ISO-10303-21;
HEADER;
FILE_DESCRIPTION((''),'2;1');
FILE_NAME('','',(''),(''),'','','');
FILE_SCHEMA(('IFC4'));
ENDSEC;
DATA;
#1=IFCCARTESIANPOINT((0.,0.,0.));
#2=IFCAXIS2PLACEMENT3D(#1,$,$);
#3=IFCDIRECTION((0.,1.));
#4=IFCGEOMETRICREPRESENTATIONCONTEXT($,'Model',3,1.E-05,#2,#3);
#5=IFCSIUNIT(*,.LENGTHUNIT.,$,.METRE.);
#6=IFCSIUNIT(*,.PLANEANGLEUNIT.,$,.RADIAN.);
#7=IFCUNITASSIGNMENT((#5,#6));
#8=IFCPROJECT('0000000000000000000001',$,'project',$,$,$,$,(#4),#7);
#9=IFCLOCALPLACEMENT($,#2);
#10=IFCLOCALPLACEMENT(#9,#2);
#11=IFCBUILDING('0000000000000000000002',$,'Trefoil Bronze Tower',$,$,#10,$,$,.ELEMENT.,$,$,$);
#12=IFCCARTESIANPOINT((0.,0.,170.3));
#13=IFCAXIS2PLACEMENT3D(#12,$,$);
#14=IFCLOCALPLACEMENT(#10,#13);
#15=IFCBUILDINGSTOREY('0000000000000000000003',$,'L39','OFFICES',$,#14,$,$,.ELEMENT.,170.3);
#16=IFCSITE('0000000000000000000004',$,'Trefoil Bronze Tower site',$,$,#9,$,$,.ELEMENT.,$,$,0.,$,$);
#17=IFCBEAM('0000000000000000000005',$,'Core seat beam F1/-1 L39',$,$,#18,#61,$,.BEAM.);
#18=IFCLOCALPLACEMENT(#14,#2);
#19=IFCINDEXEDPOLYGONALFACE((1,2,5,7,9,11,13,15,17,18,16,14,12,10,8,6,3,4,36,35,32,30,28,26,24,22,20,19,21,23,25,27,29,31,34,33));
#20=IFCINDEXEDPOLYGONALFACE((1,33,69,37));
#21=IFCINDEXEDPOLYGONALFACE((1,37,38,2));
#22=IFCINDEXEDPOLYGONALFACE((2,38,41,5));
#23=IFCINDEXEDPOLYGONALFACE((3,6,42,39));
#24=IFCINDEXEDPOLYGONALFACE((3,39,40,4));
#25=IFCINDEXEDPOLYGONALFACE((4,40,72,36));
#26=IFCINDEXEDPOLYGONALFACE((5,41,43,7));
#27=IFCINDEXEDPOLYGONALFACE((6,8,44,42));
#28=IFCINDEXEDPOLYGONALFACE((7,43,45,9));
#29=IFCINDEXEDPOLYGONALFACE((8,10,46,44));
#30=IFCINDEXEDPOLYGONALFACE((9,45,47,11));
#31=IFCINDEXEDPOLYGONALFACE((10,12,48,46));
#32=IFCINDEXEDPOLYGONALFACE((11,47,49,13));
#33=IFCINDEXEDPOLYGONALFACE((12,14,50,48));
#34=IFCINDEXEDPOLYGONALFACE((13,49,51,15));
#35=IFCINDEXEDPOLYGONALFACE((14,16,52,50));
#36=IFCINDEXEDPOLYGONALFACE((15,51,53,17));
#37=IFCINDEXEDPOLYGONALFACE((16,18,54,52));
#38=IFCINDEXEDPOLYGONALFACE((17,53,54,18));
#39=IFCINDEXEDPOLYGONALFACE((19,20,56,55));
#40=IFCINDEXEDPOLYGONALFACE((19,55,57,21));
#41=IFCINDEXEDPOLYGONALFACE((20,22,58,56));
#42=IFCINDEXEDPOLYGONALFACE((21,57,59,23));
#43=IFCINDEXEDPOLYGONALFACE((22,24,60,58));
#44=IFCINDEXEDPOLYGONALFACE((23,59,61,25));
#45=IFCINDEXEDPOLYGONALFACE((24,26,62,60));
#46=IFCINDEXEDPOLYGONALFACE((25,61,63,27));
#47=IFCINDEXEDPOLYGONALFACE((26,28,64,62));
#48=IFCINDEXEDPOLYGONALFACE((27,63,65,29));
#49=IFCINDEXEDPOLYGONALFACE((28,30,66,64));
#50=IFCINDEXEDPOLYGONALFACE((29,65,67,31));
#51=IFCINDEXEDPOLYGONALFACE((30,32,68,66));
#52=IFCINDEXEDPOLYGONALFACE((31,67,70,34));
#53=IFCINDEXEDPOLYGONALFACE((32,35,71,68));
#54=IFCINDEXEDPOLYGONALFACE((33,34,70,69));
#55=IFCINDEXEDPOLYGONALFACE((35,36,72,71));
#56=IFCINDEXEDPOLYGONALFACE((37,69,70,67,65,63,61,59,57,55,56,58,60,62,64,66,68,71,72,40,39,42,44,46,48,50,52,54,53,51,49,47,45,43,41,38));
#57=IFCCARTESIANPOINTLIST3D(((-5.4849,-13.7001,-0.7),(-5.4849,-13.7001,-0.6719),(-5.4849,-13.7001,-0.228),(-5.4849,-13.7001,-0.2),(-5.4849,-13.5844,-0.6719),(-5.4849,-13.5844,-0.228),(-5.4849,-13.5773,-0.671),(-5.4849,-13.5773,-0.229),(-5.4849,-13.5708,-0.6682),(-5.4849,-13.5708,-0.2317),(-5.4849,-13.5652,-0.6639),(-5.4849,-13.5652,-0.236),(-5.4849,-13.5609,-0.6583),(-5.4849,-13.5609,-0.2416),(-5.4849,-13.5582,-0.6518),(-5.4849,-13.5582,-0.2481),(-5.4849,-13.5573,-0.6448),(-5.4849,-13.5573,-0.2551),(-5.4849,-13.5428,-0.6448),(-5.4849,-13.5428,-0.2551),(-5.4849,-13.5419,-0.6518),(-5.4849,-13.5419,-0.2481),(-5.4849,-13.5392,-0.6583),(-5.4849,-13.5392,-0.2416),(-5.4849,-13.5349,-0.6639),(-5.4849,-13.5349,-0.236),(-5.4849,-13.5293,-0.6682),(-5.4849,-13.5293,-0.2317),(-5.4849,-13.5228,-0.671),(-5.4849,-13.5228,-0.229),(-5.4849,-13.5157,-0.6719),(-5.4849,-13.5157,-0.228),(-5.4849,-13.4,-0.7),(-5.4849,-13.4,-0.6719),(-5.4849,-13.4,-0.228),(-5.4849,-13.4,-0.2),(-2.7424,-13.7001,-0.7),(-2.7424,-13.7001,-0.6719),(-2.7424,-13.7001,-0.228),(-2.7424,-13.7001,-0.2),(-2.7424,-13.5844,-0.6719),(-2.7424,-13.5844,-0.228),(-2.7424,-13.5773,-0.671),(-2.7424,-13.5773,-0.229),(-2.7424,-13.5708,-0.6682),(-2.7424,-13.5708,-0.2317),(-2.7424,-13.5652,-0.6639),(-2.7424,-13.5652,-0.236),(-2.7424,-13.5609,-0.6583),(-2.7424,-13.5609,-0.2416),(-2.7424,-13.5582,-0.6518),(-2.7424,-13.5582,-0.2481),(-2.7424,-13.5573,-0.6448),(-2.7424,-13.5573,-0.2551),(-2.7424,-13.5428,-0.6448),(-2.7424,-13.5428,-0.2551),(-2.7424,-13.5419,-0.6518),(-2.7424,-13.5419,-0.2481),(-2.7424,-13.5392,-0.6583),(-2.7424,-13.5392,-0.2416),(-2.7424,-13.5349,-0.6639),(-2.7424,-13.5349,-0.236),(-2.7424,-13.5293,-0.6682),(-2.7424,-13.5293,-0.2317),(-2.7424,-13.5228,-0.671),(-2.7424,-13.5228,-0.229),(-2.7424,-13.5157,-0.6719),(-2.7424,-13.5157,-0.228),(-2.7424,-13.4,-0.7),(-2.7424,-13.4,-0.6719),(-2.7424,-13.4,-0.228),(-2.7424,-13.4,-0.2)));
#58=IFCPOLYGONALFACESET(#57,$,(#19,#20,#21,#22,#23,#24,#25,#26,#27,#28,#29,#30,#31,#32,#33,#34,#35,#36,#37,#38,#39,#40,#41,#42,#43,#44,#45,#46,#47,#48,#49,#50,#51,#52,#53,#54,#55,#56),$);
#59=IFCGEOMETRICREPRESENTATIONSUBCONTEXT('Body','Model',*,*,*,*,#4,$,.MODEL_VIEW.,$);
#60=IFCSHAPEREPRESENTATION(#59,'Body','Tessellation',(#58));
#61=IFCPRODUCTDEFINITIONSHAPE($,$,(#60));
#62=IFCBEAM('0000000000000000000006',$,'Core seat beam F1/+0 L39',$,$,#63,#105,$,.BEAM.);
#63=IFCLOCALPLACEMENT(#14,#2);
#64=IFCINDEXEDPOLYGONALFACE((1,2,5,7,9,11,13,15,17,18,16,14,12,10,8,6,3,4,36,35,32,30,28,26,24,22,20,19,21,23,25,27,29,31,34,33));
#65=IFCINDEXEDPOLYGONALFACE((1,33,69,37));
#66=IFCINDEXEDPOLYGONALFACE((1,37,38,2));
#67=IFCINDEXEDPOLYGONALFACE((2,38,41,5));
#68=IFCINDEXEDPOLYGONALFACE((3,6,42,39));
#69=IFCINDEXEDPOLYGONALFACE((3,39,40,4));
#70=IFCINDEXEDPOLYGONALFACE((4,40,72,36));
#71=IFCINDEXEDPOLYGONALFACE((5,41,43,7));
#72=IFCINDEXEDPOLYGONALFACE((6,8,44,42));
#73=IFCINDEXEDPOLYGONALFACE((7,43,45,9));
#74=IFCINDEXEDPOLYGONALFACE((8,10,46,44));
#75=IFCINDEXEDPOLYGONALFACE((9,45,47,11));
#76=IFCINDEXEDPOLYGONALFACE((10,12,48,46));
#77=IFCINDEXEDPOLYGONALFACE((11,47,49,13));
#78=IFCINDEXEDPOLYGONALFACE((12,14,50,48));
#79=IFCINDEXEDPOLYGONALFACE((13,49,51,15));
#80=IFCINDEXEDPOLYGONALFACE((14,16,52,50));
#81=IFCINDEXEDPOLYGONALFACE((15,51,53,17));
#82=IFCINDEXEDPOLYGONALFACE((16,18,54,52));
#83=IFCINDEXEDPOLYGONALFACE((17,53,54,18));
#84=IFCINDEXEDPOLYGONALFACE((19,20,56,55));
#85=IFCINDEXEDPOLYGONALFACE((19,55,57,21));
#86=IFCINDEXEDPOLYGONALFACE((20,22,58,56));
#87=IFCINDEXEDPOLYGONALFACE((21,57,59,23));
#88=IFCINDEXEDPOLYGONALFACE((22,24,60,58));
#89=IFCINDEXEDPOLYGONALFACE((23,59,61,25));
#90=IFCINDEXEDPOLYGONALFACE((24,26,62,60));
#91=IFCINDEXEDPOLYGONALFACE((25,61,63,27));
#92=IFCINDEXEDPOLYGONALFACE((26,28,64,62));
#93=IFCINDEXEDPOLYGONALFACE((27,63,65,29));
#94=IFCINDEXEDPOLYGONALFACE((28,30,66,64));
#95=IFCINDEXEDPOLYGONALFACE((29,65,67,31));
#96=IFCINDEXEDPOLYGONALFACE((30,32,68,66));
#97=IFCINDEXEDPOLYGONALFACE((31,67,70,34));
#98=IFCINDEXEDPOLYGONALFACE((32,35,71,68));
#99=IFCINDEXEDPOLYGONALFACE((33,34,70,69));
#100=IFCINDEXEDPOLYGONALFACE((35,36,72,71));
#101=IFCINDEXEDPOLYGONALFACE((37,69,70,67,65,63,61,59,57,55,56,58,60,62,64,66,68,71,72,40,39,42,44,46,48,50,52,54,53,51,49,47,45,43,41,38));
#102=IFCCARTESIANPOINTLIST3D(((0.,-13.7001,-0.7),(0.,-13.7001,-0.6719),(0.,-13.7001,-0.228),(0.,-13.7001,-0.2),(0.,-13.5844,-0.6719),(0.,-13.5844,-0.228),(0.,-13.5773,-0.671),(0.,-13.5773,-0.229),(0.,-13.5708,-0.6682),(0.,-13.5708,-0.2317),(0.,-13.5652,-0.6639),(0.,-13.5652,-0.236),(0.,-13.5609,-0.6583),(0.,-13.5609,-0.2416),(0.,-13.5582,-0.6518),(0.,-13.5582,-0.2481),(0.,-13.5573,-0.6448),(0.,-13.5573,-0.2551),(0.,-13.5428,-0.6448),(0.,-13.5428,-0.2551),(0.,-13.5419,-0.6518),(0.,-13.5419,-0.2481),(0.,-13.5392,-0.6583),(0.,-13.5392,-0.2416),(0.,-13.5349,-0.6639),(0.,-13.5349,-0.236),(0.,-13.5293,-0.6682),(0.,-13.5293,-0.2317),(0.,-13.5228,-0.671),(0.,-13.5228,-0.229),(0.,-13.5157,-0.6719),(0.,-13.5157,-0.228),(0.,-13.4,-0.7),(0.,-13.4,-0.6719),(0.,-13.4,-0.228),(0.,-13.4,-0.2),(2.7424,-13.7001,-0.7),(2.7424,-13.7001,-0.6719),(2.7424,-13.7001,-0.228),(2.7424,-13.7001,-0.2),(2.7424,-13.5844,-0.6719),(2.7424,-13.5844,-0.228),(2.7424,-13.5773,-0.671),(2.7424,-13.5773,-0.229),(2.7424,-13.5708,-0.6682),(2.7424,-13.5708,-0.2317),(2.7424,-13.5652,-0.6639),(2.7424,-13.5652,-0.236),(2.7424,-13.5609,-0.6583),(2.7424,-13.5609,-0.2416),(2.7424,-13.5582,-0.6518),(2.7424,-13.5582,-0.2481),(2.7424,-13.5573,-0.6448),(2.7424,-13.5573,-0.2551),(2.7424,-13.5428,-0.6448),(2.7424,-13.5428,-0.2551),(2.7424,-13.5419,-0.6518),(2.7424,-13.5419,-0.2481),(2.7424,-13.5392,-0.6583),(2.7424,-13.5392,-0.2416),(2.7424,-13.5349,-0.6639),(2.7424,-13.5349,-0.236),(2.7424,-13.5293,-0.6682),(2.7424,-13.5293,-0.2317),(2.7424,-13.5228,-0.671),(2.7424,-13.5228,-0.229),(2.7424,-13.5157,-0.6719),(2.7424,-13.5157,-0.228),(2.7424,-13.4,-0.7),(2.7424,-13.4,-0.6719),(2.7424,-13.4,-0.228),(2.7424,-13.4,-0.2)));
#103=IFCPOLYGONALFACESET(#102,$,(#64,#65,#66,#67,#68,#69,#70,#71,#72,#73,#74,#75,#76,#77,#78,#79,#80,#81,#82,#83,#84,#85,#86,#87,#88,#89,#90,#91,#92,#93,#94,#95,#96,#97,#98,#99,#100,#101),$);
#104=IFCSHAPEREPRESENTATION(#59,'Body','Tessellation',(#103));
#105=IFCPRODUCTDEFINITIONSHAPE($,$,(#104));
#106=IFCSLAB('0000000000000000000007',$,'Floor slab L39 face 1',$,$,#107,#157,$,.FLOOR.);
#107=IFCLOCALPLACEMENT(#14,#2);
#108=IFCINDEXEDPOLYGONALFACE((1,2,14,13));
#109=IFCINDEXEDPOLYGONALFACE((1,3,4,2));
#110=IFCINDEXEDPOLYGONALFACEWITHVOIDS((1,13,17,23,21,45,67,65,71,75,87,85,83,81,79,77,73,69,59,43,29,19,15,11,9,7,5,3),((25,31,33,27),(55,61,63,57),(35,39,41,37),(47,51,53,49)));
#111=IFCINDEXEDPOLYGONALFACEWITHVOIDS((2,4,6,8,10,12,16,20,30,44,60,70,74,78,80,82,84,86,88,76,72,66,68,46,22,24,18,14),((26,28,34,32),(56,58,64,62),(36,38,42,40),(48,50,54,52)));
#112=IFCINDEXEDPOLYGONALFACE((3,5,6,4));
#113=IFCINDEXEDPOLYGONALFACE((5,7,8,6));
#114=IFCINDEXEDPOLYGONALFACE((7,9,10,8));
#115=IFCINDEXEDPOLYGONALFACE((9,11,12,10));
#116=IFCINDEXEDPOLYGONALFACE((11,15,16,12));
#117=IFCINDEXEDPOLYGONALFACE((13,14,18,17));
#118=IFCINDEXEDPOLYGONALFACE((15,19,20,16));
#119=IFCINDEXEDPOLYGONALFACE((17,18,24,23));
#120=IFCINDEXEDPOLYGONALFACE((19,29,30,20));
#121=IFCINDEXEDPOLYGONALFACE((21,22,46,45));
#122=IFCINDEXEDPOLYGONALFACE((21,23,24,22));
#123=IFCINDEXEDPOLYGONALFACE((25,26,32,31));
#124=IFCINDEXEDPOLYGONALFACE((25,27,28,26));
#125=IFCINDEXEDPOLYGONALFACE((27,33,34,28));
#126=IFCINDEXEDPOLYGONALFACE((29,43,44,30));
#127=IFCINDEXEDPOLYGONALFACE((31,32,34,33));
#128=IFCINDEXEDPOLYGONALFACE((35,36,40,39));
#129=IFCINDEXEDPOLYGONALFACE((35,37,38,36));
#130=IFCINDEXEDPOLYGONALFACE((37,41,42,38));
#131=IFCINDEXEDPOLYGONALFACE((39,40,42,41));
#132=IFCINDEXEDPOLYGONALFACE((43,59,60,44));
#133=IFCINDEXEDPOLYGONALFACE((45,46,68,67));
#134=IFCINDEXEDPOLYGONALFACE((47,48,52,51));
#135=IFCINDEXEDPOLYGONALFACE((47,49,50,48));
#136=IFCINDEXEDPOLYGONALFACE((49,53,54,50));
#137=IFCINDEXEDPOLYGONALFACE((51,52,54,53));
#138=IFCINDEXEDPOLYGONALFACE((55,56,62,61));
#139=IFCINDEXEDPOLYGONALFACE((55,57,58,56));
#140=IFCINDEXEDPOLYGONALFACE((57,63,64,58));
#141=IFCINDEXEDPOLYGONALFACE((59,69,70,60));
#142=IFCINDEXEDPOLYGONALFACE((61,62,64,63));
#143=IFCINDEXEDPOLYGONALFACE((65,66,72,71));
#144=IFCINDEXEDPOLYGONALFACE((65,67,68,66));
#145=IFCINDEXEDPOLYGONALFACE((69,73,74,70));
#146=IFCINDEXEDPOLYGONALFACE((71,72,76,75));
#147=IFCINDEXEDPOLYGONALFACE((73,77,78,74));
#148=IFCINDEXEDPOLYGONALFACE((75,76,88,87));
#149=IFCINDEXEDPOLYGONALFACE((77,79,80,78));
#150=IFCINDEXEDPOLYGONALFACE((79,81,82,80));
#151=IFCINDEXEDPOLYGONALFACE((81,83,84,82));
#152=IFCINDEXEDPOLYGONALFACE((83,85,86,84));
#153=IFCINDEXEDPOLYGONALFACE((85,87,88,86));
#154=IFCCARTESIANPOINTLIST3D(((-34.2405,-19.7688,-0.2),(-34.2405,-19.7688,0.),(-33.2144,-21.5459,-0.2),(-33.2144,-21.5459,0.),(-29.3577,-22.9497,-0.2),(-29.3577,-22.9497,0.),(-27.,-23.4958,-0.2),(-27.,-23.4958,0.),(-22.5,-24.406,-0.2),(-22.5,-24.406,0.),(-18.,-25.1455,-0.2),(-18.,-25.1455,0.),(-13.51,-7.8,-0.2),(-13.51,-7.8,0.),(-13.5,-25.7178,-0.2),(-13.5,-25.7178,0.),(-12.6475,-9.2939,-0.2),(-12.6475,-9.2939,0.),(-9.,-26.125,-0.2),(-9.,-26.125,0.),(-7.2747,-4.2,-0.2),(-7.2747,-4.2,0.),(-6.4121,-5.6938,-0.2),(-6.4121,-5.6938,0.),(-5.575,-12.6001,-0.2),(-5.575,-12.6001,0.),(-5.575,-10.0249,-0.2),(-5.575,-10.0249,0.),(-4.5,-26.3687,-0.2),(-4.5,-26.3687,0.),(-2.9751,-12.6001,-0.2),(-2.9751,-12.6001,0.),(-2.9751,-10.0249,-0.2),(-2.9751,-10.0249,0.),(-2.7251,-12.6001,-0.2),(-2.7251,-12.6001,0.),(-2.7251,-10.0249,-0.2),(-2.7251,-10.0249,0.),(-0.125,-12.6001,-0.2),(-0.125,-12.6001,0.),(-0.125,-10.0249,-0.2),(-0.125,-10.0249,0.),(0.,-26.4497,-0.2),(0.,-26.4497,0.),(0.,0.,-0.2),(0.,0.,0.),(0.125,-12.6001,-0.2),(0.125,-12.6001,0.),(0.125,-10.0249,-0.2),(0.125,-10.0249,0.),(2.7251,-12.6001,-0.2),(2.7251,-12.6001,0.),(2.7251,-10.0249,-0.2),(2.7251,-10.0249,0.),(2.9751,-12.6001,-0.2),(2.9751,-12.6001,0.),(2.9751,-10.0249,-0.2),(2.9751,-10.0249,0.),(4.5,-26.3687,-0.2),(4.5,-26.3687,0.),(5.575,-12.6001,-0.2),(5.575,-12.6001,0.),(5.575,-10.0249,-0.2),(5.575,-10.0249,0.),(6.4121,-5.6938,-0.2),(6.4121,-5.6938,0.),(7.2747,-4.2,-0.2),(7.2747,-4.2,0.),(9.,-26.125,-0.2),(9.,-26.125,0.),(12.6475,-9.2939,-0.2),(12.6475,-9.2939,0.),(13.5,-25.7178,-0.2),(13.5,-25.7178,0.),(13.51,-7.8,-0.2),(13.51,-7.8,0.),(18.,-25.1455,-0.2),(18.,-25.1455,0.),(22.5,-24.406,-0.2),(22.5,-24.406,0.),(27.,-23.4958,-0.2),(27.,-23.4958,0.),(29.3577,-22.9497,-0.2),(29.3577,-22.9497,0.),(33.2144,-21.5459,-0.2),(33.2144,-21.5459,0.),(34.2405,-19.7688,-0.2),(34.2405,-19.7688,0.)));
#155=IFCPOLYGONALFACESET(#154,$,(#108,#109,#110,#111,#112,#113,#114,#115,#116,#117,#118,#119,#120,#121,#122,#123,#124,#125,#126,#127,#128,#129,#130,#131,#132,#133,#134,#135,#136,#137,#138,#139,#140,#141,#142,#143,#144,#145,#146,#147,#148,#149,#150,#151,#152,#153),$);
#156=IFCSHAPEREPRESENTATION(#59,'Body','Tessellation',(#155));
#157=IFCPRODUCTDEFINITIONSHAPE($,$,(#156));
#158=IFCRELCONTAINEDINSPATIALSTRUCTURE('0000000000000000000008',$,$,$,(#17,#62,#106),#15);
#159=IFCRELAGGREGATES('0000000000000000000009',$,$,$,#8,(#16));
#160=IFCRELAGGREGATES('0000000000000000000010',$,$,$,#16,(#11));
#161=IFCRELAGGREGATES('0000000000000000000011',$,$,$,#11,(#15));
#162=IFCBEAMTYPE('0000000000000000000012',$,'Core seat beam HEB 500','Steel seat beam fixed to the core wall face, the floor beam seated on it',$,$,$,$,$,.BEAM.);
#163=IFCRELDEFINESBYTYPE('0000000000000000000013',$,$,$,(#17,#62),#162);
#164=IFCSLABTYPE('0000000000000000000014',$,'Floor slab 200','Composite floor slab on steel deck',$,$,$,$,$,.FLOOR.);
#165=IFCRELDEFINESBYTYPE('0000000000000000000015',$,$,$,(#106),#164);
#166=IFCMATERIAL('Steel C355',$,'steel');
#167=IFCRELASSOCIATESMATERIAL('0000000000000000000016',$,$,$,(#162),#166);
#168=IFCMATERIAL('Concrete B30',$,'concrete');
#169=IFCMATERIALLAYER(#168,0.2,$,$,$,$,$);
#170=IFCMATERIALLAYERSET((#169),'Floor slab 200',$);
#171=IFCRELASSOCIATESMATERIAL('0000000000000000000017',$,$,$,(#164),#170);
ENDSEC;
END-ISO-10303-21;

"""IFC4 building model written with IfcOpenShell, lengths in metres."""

from ifc_helpers import new_model, si_unit, direction, frame, origin, origin_2d, place, context, subcontext, project, spatial, polyline, i_section, outline, extrude, material, layer, layer_set, material_profile, profile_set, type_object, element, save


model = new_model("IFC4")

# Units and contexts
model_context = context("Model", 3, precision=1e-05, world=origin(), true_north=direction((0.0, 1.0)))
body_context = subcontext(model_context, "Body", "Model", "MODEL_VIEW")
ifc_project = project(units=[si_unit("LENGTHUNIT", "METRE"), si_unit("PLANEANGLEUNIT", "RADIAN")], contexts=[model_context])

# Site, building, storey
site_placement = place(None, origin())
site = spatial("IfcSite", under=ifc_project, at=site_placement, Name="Trefoil Bronze Tower site", CompositionType="ELEMENT", RefElevation=0.0)
building_placement = place(site_placement, origin())
building = spatial("IfcBuilding", under=site, at=building_placement, Name="Trefoil Bronze Tower", CompositionType="ELEMENT")
storey_placement = place(building_placement, frame((0.0, 0.0, 170.3)))
storey = spatial("IfcBuildingStorey", under=building, at=storey_placement, Name="L39", Description="OFFICES", CompositionType="ELEMENT", Elevation=170.3)

# Beams
ifc_material_1 = material(Name="Steel C355", Category="steel")
ifc_material_profile = material_profile(ifc_material_1, i_section(OverallWidth=0.3, OverallDepth=0.5, WebThickness=0.0144, FlangeThickness=0.0281, FilletRadius=0.0271, at=origin_2d()), Name="HEB 500")
ifc_profile_set = profile_set([ifc_material_profile], Name="Steel C355")
beam_type = type_object("IfcBeamType", Name="Core seat beam HEB 500", Description="Steel seat beam fixed to the core wall face, the floor beam seated on it", PredefinedType="BEAM", material=ifc_profile_set)
for number, where, z_axis, x_axis, name in (
    (1, (-5.4849, -13.55, -0.45), (1.0, 0.0, 0.0), (0.0, 1.0, 0.0), "Core seat beam F1/-1 L39"),
    (2, (0.0, -13.55, -0.45), (1.0, 0.0, 0.0), (0.0, 1.0, 0.0), "Core seat beam F1/+0 L39"),
):
    element("IfcBeam", number, at=place(storey_placement, frame(where, z_axis=z_axis, x_axis=x_axis)), inside=storey, type_object=beam_type, Name=name, PredefinedType="BEAM", context=body_context, shape_type="SweptSolid", body=[
        extrude(i_section(OverallWidth=0.3, OverallDepth=0.5, WebThickness=0.0144, FlangeThickness=0.0281, FilletRadius=0.0271, at=origin_2d()), origin(), (0.0, 0.0, 1.0), 2.7424),
    ])

# Slab
ifc_material_2 = material(Name="Concrete B30", Category="concrete")
ifc_layer_1 = layer(ifc_material_2, 0.2)
ifc_layer_set_1 = layer_set([ifc_layer_1], Name="Floor slab 200")
slab_type = type_object("IfcSlabType", Name="Floor slab 200", Description="Composite floor slab on steel deck", PredefinedType="FLOOR", material=ifc_layer_set_1)
slab_1_placement = place(storey_placement, frame((0.0, 0.0, -0.2)))
element("IfcSlab", 3, at=slab_1_placement, inside=storey, type_object=slab_type, Name="Floor slab L39 face 1", PredefinedType="FLOOR", context=body_context, shape_type="SweptSolid", body=[
    extrude(outline(polyline([(22.5, -24.406), (18.0, -25.1455), (13.5, -25.7178), (9.0, -26.125), (4.5, -26.3687), (0.0, -26.4497), (-4.5, -26.3687), (-9.0, -26.125), (-13.5, -25.7178), (-18.0, -25.1455), (-22.5, -24.406), (-27.0, -23.4958), (-29.3577, -22.9497), (-33.2144, -21.5459), (-34.2405, -19.7688), (-13.51, -7.8), (-12.6475, -9.2939), (-6.4121, -5.6938), (-7.2747, -4.2), (0.0, 0.0), (7.2747, -4.2), (6.4121, -5.6938), (12.6475, -9.2939), (13.51, -7.8), (34.2405, -19.7688), (33.2144, -21.5459), (29.3577, -22.9497), (27.0, -23.4958), (22.5, -24.406)]), holes=[polyline([(-5.575, -10.0249), (-2.9751, -10.0249), (-2.9751, -12.6001), (-5.575, -12.6001), (-5.575, -10.0249)]), polyline([(-2.7251, -10.0249), (-0.125, -10.0249), (-0.125, -12.6001), (-2.7251, -12.6001), (-2.7251, -10.0249)]), polyline([(0.125, -10.0249), (2.7251, -10.0249), (2.7251, -12.6001), (0.125, -12.6001), (0.125, -10.0249)]), polyline([(2.9751, -10.0249), (5.575, -10.0249), (5.575, -12.6001), (2.9751, -12.6001), (2.9751, -10.0249)])]), origin(), (0.0, 0.0, 1.0), 0.2),
])

save(model, "model.ifc")
